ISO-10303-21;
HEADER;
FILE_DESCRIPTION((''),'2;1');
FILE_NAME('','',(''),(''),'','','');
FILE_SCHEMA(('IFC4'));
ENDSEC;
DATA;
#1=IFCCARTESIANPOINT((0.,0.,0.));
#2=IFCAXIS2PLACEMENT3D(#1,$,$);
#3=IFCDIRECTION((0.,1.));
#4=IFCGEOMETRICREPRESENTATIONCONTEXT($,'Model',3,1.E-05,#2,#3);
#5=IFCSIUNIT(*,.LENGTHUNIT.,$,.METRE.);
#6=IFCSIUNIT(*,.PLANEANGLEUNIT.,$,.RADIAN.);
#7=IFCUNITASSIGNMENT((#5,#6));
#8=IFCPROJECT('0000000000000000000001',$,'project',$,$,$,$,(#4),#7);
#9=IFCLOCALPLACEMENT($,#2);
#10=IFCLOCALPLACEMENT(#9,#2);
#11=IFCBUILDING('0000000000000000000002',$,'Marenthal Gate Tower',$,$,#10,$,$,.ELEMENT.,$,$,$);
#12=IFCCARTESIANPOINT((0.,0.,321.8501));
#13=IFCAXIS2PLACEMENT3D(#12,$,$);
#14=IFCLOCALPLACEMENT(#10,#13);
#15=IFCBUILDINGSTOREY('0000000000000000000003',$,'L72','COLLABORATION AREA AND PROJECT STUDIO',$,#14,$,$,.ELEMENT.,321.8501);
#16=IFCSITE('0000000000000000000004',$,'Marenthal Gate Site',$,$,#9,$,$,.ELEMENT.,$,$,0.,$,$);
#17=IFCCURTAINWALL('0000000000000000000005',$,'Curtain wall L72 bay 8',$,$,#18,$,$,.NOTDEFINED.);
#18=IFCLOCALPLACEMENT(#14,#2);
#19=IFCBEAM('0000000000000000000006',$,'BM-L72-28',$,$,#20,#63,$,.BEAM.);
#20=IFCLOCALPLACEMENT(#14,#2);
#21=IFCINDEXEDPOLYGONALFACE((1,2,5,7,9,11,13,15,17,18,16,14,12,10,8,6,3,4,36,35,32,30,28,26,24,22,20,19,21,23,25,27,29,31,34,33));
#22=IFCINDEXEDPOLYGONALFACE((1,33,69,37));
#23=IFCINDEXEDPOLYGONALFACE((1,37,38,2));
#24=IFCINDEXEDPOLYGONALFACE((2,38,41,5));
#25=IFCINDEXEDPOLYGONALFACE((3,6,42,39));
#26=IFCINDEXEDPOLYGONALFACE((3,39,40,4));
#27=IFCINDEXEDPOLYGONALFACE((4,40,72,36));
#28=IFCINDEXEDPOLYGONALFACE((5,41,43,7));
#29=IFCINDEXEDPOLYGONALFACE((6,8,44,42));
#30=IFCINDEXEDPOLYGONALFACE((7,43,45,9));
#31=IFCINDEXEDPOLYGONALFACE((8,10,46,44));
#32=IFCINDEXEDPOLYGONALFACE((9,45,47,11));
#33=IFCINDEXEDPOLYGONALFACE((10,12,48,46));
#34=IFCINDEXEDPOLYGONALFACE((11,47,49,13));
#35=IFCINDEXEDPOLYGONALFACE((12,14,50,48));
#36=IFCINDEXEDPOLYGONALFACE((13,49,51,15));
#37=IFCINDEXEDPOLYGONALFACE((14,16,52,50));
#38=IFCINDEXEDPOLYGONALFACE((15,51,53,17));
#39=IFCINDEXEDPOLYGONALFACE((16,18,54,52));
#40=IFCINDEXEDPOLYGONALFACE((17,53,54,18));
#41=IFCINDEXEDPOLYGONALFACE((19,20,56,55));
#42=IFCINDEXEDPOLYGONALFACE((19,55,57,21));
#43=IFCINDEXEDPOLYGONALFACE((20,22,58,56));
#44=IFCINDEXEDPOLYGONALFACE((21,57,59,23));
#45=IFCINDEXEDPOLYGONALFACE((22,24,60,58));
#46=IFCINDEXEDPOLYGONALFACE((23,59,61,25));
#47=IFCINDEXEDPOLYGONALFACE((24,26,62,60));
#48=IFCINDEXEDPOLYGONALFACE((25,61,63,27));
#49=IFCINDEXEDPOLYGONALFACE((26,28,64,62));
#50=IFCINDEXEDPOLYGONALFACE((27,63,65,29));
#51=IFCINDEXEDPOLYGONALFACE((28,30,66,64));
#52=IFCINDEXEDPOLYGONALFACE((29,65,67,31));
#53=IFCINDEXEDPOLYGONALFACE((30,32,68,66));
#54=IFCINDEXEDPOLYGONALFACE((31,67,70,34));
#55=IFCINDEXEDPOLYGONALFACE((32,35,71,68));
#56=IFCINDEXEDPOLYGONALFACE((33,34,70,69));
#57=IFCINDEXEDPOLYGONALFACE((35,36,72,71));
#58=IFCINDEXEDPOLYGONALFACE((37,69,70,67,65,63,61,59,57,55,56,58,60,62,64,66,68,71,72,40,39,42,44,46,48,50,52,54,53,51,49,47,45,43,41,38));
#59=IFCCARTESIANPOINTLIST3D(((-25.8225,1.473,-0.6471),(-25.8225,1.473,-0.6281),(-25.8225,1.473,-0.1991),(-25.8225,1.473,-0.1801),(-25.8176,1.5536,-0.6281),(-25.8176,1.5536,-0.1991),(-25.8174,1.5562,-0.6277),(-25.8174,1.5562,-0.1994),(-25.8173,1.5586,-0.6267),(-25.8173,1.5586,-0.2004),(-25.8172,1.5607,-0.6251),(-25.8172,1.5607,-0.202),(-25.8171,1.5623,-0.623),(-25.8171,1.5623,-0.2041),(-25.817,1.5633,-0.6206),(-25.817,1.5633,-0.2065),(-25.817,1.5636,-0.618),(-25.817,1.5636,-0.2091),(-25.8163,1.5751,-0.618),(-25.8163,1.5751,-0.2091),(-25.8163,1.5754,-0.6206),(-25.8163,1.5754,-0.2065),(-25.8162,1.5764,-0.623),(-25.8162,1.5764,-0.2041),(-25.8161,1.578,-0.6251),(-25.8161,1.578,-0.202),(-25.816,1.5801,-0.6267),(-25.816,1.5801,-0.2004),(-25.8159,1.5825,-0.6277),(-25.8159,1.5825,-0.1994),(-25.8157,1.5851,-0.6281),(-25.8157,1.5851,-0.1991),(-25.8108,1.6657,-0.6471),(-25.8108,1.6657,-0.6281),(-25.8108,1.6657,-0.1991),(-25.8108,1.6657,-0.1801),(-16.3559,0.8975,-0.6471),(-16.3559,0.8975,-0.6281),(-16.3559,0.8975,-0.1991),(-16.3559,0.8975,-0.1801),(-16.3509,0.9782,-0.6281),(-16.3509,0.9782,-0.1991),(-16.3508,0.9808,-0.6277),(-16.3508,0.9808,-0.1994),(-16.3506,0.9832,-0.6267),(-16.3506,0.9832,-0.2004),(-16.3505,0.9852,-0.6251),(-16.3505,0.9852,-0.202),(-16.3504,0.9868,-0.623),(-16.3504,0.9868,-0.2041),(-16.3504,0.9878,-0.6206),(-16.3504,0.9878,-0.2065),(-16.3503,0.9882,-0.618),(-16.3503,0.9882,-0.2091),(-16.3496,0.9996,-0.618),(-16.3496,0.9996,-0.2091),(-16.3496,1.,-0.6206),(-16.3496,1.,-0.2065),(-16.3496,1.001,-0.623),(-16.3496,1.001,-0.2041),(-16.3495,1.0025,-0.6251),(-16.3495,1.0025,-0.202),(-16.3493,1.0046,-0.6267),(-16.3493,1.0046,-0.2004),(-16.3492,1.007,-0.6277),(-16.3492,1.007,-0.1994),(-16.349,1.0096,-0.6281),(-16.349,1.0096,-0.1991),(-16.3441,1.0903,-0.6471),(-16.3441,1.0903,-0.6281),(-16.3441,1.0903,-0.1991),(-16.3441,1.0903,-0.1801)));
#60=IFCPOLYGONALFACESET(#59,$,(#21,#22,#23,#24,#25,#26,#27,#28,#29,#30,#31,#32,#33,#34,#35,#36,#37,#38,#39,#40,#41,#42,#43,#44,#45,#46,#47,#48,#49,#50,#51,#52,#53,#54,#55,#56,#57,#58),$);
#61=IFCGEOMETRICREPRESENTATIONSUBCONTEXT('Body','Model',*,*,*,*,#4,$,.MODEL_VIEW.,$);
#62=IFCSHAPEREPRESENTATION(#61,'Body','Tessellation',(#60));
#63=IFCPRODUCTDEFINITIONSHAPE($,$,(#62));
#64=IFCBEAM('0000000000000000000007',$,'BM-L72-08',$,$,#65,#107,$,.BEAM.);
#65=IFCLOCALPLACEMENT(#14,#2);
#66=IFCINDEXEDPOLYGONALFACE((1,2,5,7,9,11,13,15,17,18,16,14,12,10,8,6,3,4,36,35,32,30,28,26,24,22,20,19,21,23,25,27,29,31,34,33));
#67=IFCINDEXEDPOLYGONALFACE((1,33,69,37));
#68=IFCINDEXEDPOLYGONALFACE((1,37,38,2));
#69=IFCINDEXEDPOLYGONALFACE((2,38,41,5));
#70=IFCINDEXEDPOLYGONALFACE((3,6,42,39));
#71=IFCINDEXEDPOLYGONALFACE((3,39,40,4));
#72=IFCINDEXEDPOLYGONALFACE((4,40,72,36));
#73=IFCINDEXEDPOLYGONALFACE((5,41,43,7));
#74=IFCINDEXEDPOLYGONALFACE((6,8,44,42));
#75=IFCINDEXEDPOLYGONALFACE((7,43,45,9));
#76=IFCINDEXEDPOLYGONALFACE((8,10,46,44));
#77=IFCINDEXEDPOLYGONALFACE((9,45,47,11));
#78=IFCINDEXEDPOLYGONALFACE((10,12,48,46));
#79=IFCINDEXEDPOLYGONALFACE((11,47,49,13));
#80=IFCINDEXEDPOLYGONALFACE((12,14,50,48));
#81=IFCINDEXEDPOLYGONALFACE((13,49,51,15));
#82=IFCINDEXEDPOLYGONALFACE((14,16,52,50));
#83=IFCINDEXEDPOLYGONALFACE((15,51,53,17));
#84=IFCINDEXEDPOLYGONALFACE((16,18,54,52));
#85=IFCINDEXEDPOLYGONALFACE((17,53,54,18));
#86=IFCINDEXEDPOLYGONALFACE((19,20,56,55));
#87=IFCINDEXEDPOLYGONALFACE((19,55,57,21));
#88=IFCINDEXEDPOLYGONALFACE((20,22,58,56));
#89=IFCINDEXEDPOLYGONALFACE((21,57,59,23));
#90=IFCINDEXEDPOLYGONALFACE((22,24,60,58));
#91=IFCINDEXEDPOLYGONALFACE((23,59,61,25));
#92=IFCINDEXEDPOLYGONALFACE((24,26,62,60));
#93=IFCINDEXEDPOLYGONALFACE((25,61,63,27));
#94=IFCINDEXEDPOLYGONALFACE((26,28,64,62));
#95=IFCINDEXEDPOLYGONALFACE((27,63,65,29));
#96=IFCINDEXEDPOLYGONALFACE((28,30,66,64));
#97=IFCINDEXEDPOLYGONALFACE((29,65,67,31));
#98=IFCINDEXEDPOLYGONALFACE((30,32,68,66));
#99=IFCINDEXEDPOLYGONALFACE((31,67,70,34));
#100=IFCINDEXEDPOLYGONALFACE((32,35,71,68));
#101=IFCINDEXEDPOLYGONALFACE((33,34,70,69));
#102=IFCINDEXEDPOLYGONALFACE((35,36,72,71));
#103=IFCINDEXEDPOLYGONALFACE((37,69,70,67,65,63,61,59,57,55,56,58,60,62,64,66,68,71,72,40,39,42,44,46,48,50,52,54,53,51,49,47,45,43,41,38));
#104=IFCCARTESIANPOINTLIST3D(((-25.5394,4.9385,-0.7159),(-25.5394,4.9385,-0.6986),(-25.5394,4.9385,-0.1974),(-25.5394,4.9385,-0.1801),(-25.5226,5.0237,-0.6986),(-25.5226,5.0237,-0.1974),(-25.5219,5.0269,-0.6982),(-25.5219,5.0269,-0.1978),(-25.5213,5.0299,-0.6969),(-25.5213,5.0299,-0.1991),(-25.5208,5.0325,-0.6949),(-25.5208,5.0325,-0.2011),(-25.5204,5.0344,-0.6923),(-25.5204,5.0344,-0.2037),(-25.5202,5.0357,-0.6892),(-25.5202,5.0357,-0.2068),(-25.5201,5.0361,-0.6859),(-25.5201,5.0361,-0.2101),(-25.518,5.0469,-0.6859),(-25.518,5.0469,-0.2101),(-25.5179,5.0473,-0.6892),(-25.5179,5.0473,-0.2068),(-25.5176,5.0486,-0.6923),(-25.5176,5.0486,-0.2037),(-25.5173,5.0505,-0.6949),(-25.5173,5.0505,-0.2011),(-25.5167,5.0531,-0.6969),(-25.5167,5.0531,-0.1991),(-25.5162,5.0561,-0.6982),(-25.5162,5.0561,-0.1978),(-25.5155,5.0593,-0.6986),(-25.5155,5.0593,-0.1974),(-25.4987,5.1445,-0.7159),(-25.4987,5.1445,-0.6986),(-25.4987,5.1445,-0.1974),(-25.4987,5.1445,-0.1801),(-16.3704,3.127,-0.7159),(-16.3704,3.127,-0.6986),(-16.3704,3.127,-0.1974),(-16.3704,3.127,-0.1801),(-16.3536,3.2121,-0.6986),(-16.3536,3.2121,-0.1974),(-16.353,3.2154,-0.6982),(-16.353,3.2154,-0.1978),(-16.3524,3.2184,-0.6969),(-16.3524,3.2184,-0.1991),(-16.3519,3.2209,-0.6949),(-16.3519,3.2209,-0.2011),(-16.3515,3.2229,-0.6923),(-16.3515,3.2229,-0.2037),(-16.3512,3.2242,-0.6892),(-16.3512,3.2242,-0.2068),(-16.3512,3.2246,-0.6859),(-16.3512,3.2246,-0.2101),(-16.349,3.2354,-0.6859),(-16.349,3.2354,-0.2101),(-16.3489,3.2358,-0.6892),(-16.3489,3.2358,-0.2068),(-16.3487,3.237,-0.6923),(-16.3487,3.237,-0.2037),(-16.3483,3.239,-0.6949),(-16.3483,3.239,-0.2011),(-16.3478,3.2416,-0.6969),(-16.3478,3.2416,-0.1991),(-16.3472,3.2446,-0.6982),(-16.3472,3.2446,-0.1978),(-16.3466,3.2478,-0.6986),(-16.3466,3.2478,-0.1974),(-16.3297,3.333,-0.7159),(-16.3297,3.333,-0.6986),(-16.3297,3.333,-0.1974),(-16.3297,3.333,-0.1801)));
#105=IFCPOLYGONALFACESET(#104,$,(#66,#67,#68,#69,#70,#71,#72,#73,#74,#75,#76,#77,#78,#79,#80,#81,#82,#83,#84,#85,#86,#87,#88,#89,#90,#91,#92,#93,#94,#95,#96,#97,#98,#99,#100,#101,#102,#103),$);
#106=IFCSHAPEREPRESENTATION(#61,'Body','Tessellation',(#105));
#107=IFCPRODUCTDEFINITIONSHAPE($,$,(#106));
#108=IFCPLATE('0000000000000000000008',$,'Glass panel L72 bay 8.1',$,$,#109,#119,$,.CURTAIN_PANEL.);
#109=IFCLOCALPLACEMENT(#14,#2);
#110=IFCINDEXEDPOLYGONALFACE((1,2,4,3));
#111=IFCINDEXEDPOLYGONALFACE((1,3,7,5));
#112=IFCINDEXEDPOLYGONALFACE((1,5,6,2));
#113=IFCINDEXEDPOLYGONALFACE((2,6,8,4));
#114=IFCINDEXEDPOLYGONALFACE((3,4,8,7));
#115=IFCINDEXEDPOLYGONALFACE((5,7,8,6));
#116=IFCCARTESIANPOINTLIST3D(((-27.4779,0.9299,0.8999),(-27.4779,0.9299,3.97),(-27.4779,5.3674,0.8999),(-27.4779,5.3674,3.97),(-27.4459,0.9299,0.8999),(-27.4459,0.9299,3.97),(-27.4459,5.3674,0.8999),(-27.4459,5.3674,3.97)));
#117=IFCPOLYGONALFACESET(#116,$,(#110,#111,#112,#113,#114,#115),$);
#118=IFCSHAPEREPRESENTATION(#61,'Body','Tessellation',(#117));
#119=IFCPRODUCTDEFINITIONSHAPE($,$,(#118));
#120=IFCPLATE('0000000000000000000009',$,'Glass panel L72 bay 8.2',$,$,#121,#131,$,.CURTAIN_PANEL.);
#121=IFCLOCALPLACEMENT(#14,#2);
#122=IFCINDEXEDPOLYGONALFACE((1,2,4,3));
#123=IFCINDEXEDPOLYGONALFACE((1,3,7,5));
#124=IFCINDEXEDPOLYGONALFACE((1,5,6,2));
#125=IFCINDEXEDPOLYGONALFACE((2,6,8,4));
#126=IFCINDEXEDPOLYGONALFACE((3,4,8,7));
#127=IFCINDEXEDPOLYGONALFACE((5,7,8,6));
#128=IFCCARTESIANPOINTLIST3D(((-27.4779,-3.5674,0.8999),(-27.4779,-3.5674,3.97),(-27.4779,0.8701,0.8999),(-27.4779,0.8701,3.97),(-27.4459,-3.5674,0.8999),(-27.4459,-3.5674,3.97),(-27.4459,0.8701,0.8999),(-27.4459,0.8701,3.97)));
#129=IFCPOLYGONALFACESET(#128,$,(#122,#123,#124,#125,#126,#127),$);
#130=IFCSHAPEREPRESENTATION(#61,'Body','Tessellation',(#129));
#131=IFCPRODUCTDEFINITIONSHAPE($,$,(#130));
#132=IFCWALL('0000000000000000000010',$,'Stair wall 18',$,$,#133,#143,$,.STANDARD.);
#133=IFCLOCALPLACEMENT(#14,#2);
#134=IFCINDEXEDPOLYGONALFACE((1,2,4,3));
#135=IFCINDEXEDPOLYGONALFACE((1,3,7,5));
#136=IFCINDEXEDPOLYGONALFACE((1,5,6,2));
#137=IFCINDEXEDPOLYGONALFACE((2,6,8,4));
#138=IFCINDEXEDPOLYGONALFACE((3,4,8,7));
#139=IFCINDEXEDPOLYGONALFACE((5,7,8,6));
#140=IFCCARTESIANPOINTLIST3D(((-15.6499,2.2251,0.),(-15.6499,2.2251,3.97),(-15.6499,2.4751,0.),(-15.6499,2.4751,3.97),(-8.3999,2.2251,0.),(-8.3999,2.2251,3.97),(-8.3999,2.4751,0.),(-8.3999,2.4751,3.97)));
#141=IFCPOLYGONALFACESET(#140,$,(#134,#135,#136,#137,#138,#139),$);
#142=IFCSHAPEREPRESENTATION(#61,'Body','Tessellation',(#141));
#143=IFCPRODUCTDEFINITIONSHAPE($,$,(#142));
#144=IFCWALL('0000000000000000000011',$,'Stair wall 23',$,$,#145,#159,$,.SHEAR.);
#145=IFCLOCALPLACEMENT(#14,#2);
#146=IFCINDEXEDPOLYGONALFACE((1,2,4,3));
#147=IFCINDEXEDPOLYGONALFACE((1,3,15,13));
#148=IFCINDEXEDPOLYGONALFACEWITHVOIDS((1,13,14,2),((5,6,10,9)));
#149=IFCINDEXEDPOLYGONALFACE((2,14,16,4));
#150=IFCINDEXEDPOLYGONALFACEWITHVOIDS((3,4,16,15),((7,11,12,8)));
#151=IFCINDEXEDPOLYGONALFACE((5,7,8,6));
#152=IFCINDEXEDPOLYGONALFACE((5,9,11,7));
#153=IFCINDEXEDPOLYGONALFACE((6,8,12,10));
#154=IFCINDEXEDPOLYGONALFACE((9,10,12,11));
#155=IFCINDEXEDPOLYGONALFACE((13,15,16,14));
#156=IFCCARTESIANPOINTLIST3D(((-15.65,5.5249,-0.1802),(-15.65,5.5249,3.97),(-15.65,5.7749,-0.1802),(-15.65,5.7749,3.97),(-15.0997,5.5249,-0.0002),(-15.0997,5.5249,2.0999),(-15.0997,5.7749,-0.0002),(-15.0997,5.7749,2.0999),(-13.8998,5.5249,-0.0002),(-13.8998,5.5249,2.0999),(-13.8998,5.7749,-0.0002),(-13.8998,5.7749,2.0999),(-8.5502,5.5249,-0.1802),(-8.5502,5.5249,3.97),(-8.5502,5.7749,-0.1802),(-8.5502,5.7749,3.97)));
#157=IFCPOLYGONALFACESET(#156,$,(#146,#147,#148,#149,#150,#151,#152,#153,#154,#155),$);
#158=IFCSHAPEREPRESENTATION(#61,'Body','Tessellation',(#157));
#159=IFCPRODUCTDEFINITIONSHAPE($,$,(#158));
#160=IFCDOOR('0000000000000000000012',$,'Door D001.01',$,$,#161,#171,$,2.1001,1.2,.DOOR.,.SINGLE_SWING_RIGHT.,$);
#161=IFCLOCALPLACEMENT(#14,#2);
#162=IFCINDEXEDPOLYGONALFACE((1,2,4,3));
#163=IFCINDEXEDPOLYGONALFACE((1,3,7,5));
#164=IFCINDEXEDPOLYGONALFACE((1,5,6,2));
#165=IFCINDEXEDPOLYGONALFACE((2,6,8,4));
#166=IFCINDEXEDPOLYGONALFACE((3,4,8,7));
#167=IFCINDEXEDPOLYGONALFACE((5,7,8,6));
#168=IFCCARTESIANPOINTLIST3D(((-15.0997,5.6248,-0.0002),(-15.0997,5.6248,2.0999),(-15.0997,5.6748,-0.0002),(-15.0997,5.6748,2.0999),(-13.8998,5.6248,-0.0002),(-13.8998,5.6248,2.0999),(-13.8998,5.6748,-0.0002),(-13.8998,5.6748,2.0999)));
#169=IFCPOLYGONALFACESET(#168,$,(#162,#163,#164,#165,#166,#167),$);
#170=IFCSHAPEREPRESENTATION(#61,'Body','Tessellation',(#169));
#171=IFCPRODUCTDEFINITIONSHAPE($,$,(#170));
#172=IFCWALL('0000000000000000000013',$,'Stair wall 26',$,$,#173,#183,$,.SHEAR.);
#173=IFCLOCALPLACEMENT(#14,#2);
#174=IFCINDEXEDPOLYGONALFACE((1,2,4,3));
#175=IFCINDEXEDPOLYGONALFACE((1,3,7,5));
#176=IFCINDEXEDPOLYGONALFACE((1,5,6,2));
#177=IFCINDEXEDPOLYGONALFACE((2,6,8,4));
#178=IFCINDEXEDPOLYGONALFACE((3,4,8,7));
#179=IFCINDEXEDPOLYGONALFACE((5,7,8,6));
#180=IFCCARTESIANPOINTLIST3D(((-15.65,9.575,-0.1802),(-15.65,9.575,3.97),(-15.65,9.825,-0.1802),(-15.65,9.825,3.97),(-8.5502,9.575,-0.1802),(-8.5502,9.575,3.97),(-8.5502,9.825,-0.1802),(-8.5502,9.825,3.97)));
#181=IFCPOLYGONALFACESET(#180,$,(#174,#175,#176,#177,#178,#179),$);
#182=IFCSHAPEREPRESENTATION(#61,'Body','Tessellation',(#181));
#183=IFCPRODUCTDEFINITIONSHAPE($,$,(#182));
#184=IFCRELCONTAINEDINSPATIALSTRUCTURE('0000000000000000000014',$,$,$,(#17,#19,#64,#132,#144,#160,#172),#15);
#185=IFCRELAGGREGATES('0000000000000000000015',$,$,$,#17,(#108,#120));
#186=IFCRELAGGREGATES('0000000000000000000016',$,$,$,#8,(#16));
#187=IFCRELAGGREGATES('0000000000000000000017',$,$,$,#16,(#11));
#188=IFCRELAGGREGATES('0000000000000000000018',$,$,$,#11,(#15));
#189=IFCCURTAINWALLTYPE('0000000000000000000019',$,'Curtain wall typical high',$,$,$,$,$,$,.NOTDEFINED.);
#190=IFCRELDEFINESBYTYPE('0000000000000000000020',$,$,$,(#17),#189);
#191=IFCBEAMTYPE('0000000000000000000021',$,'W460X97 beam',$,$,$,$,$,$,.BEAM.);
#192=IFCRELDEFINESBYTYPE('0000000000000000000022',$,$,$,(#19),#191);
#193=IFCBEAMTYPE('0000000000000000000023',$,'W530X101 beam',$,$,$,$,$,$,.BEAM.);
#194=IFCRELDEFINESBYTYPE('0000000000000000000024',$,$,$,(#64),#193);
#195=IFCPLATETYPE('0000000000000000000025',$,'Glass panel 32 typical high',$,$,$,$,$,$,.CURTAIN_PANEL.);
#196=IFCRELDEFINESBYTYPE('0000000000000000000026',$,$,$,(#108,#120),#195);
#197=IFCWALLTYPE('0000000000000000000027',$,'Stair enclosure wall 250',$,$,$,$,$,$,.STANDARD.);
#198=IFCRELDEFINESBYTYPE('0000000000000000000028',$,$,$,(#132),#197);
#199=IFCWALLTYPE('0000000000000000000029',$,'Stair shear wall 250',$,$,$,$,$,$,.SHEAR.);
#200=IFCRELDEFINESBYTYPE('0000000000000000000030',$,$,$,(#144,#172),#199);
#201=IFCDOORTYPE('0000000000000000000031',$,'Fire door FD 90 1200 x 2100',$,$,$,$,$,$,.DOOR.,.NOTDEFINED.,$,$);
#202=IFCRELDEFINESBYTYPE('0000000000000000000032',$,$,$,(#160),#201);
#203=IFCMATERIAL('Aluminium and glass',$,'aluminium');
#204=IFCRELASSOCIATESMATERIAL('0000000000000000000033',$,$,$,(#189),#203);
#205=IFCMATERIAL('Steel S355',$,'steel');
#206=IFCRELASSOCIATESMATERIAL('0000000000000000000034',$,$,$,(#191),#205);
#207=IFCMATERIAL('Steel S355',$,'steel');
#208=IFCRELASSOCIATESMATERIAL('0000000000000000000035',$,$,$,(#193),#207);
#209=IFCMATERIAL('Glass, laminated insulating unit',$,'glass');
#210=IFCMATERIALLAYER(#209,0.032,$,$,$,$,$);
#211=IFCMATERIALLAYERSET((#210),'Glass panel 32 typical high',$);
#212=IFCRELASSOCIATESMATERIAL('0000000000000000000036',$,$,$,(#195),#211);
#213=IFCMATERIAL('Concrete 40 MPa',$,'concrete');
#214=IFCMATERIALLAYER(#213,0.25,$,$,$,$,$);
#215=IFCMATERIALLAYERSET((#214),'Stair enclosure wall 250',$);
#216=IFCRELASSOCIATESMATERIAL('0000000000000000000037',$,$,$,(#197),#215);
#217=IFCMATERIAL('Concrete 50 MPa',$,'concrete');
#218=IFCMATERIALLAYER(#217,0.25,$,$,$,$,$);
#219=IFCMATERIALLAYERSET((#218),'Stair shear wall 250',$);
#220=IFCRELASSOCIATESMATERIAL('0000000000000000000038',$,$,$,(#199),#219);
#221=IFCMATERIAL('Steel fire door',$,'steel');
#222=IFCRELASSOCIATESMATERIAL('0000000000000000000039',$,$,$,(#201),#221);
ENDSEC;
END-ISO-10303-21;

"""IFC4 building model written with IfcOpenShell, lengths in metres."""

from ifc_helpers import new_model, si_unit, direction, frame, frame_2d, origin, origin_2d, place, context, subcontext, project, spatial, rectangle, i_section, extrude, material, layer, layer_set, material_profile, profile_set, type_object, element, fill, aggregate, save


model = new_model("IFC4")

# Units and contexts
model_context = context("Model", 3, precision=1e-05, world=origin(), true_north=direction((0.0, 1.0)))
body_context = subcontext(model_context, "Body", "Model", "MODEL_VIEW")
ifc_project = project(units=[si_unit("LENGTHUNIT", "METRE"), si_unit("PLANEANGLEUNIT", "RADIAN")], contexts=[model_context])

# Site, building, storey
site_placement = place(None, origin())
site = spatial("IfcSite", under=ifc_project, at=site_placement, Name="Marenthal Gate Site", CompositionType="ELEMENT", RefElevation=0.0)
building_placement = place(site_placement, origin())
building = spatial("IfcBuilding", under=site, at=building_placement, Name="Marenthal Gate Tower", CompositionType="ELEMENT")
storey_placement = place(building_placement, frame((0.0, 0.0, 321.8501)))
storey = spatial("IfcBuildingStorey", under=building, at=storey_placement, Name="L72", Description="COLLABORATION AREA AND PROJECT STUDIO", CompositionType="ELEMENT", Elevation=321.8501)

# Curtain wall
ifc_material_1 = material(Name="Aluminium and glass", Category="aluminium")
curtain_wall_type = type_object("IfcCurtainWallType", Name="Curtain wall typical high", PredefinedType="NOTDEFINED", material=ifc_material_1)
curtain_wall_placement = place(storey_placement, origin())
curtain_wall = element("IfcCurtainWall", 1, at=curtain_wall_placement, inside=storey, type_object=curtain_wall_type, Name="Curtain wall L72 bay 8", PredefinedType="NOTDEFINED")

# Beams
ifc_material_2 = material(Name="Steel S355", Category="steel")
ifc_material_profile_1 = material_profile(ifc_material_2, i_section(OverallWidth=0.1931, OverallDepth=0.467, WebThickness=0.0115, FlangeThickness=0.019, FilletRadius=0.01, at=origin_2d()), Name="W460X97")
ifc_profile_set_1 = profile_set([ifc_material_profile_1], Name="Steel S355")
beam_type_1 = type_object("IfcBeamType", Name="W460X97 beam", PredefinedType="BEAM", material=ifc_profile_set_1)
beam_1_placement = place(storey_placement, frame((-25.8167, 1.5693, -0.4136), z_axis=(0.998158, -0.060675, 0.0), x_axis=(0.060675, 0.998158, 0.0)))
element("IfcBeam", 2, at=beam_1_placement, inside=storey, type_object=beam_type_1, Name="BM-L72-28", PredefinedType="BEAM", context=body_context, shape_type="SweptSolid", body=[
    extrude(i_section(OverallWidth=0.1931, OverallDepth=0.467, WebThickness=0.0115, FlangeThickness=0.019, FilletRadius=0.01, at=origin_2d()), origin(), (0.0, 0.0, 1.0), 9.4841),
])
ifc_material_3 = material(Name="Steel S355", Category="steel")
ifc_material_profile_2 = material_profile(ifc_material_3, i_section(OverallWidth=0.21, OverallDepth=0.5359, WebThickness=0.011, FlangeThickness=0.0173, FilletRadius=0.0127, at=origin_2d()), Name="W530X101")
ifc_profile_set_2 = profile_set([ifc_material_profile_2], Name="Steel S355")
beam_type_2 = type_object("IfcBeamType", Name="W530X101 beam", PredefinedType="BEAM", material=ifc_profile_set_2)
beam_2_placement = place(storey_placement, frame((-25.519, 5.0415, -0.448), z_axis=(0.981036, -0.193825, 0.0), x_axis=(0.193825, 0.981036, 0.0)))
element("IfcBeam", 3, at=beam_2_placement, inside=storey, type_object=beam_type_2, Name="BM-L72-08", PredefinedType="BEAM", context=body_context, shape_type="SweptSolid", body=[
    extrude(i_section(OverallWidth=0.21, OverallDepth=0.5359, WebThickness=0.011, FlangeThickness=0.0173, FilletRadius=0.0127, at=origin_2d()), origin(), (0.0, 0.0, 1.0), 9.3462),
])

# Plates
ifc_material_4 = material(Name="Glass, laminated insulating unit", Category="glass")
ifc_layer_1 = layer(ifc_material_4, 0.032)
ifc_layer_set_1 = layer_set([ifc_layer_1], Name="Glass panel 32 typical high")
plate_type = type_object("IfcPlateType", Name="Glass panel 32 typical high", PredefinedType="CURTAIN_PANEL", material=ifc_layer_set_1)
plate_1_placement = place(storey_placement, frame((-27.4619, 3.1487, 0.8999), z_axis=(0.0, 0.0, 1.0), x_axis=(0.0, -1.0, 0.0)))
plate_1 = element("IfcPlate", 4, at=plate_1_placement, type_object=plate_type, Name="Glass panel L72 bay 8.1", PredefinedType="CURTAIN_PANEL", context=body_context, shape_type="SweptSolid", body=[
    extrude(rectangle(XDim=4.4375, YDim=0.032, at=origin_2d()), origin(), (0.0, 0.0, 1.0), 3.0701),
])
plate_2_placement = place(storey_placement, frame((-27.4619, -1.3486, 0.8999), z_axis=(0.0, 0.0, 1.0), x_axis=(0.0, -1.0, 0.0)))
plate_2 = element("IfcPlate", 5, at=plate_2_placement, type_object=plate_type, Name="Glass panel L72 bay 8.2", PredefinedType="CURTAIN_PANEL", context=body_context, shape_type="SweptSolid", body=[
    extrude(rectangle(XDim=4.4375, YDim=0.032, at=origin_2d()), origin(), (0.0, 0.0, 1.0), 3.0701),
])
aggregate(curtain_wall, [plate_1, plate_2])

# Wall
ifc_material_5 = material(Name="Concrete 40 MPa", Category="concrete")
ifc_layer_2 = layer(ifc_material_5, 0.25)
ifc_layer_set_2 = layer_set([ifc_layer_2], Name="Stair enclosure wall 250")
wall_type_1 = type_object("IfcWallType", Name="Stair enclosure wall 250", PredefinedType="STANDARD", material=ifc_layer_set_2)
wall_1_placement = place(storey_placement, frame((-15.6499, 2.3501, 0.0), z_axis=(0.0, 0.0, 1.0), x_axis=(1.0, 0.0, 0.0)))
element("IfcWall", 6, at=wall_1_placement, inside=storey, type_object=wall_type_1, Name="Stair wall 18", PredefinedType="STANDARD", context=body_context, shape_type="SweptSolid", body=[
    extrude(rectangle(XDim=7.25, YDim=0.25, at=frame_2d((3.625, 0.0))), origin(), (0.0, 0.0, 1.0), 3.97),
])

# Wall, opening, door
ifc_material_6 = material(Name="Concrete 50 MPa", Category="concrete")
ifc_layer_3 = layer(ifc_material_6, 0.25)
ifc_layer_set_3 = layer_set([ifc_layer_3], Name="Stair shear wall 250")
wall_type_2 = type_object("IfcWallType", Name="Stair shear wall 250", PredefinedType="SHEAR", material=ifc_layer_set_3)
wall_2_placement = place(storey_placement, frame((-15.6499, 5.6499, -0.1802), z_axis=(0.0, 0.0, 1.0), x_axis=(1.0, 0.0, 0.0)))
wall_2 = element("IfcWall", 7, at=wall_2_placement, inside=storey, type_object=wall_type_2, Name="Stair wall 23", PredefinedType="SHEAR", context=body_context, shape_type="SweptSolid", body=[
    extrude(rectangle(XDim=7.0999, YDim=0.25, at=frame_2d((3.5498, 0.0))), origin(), (0.0, 0.0, 1.0), 4.1501),
])
opening_placement = place(wall_2_placement, frame((0.55, 0.0, 0.1799)))
opening = element("IfcOpeningElement", 8, at=opening_placement, cuts=wall_2, PredefinedType="OPENING", context=body_context, shape_type="SweptSolid", body=[
    extrude(rectangle(XDim=1.2, YDim=2.1001, at=frame_2d((0.6001, 1.05))), frame((0.0, 0.135, 0.0), z_axis=(0.0, -1.0, 0.0), x_axis=(1.0, 0.0, 0.0)), (0.0, 0.0, 1.0), 0.27),
])
ifc_material_7 = material(Name="Steel fire door", Category="steel")
door_type = type_object("IfcDoorType", Name="Fire door FD 90 1200 x 2100", OperationType="NOTDEFINED", PredefinedType="DOOR", material=ifc_material_7)
door_placement = place(opening_placement, origin())
door = element("IfcDoor", 9, at=door_placement, inside=storey, type_object=door_type, Name="Door D001.01", OperationType="SINGLE_SWING_RIGHT", OverallHeight=2.1001, OverallWidth=1.2, PredefinedType="DOOR", context=body_context, shape_type="SweptSolid", body=[
    extrude(rectangle(XDim=1.2, YDim=2.1001, at=frame_2d((0.6001, 1.05))), frame((0.0, 0.0249, 0.0), z_axis=(0.0, -1.0, 0.0), x_axis=(1.0, 0.0, 0.0)), (0.0, 0.0, 1.0), 0.05),
])
fill(opening, door)

# Wall
wall_3_placement = place(storey_placement, frame((-15.6499, 9.7, -0.1802), z_axis=(0.0, 0.0, 1.0), x_axis=(1.0, 0.0, 0.0)))
element("IfcWall", 10, at=wall_3_placement, inside=storey, type_object=wall_type_2, Name="Stair wall 26", PredefinedType="SHEAR", context=body_context, shape_type="SweptSolid", body=[
    extrude(rectangle(XDim=7.0999, YDim=0.25, at=frame_2d((3.5498, 0.0))), origin(), (0.0, 0.0, 1.0), 4.1501),
])

save(model, "model.ifc")
